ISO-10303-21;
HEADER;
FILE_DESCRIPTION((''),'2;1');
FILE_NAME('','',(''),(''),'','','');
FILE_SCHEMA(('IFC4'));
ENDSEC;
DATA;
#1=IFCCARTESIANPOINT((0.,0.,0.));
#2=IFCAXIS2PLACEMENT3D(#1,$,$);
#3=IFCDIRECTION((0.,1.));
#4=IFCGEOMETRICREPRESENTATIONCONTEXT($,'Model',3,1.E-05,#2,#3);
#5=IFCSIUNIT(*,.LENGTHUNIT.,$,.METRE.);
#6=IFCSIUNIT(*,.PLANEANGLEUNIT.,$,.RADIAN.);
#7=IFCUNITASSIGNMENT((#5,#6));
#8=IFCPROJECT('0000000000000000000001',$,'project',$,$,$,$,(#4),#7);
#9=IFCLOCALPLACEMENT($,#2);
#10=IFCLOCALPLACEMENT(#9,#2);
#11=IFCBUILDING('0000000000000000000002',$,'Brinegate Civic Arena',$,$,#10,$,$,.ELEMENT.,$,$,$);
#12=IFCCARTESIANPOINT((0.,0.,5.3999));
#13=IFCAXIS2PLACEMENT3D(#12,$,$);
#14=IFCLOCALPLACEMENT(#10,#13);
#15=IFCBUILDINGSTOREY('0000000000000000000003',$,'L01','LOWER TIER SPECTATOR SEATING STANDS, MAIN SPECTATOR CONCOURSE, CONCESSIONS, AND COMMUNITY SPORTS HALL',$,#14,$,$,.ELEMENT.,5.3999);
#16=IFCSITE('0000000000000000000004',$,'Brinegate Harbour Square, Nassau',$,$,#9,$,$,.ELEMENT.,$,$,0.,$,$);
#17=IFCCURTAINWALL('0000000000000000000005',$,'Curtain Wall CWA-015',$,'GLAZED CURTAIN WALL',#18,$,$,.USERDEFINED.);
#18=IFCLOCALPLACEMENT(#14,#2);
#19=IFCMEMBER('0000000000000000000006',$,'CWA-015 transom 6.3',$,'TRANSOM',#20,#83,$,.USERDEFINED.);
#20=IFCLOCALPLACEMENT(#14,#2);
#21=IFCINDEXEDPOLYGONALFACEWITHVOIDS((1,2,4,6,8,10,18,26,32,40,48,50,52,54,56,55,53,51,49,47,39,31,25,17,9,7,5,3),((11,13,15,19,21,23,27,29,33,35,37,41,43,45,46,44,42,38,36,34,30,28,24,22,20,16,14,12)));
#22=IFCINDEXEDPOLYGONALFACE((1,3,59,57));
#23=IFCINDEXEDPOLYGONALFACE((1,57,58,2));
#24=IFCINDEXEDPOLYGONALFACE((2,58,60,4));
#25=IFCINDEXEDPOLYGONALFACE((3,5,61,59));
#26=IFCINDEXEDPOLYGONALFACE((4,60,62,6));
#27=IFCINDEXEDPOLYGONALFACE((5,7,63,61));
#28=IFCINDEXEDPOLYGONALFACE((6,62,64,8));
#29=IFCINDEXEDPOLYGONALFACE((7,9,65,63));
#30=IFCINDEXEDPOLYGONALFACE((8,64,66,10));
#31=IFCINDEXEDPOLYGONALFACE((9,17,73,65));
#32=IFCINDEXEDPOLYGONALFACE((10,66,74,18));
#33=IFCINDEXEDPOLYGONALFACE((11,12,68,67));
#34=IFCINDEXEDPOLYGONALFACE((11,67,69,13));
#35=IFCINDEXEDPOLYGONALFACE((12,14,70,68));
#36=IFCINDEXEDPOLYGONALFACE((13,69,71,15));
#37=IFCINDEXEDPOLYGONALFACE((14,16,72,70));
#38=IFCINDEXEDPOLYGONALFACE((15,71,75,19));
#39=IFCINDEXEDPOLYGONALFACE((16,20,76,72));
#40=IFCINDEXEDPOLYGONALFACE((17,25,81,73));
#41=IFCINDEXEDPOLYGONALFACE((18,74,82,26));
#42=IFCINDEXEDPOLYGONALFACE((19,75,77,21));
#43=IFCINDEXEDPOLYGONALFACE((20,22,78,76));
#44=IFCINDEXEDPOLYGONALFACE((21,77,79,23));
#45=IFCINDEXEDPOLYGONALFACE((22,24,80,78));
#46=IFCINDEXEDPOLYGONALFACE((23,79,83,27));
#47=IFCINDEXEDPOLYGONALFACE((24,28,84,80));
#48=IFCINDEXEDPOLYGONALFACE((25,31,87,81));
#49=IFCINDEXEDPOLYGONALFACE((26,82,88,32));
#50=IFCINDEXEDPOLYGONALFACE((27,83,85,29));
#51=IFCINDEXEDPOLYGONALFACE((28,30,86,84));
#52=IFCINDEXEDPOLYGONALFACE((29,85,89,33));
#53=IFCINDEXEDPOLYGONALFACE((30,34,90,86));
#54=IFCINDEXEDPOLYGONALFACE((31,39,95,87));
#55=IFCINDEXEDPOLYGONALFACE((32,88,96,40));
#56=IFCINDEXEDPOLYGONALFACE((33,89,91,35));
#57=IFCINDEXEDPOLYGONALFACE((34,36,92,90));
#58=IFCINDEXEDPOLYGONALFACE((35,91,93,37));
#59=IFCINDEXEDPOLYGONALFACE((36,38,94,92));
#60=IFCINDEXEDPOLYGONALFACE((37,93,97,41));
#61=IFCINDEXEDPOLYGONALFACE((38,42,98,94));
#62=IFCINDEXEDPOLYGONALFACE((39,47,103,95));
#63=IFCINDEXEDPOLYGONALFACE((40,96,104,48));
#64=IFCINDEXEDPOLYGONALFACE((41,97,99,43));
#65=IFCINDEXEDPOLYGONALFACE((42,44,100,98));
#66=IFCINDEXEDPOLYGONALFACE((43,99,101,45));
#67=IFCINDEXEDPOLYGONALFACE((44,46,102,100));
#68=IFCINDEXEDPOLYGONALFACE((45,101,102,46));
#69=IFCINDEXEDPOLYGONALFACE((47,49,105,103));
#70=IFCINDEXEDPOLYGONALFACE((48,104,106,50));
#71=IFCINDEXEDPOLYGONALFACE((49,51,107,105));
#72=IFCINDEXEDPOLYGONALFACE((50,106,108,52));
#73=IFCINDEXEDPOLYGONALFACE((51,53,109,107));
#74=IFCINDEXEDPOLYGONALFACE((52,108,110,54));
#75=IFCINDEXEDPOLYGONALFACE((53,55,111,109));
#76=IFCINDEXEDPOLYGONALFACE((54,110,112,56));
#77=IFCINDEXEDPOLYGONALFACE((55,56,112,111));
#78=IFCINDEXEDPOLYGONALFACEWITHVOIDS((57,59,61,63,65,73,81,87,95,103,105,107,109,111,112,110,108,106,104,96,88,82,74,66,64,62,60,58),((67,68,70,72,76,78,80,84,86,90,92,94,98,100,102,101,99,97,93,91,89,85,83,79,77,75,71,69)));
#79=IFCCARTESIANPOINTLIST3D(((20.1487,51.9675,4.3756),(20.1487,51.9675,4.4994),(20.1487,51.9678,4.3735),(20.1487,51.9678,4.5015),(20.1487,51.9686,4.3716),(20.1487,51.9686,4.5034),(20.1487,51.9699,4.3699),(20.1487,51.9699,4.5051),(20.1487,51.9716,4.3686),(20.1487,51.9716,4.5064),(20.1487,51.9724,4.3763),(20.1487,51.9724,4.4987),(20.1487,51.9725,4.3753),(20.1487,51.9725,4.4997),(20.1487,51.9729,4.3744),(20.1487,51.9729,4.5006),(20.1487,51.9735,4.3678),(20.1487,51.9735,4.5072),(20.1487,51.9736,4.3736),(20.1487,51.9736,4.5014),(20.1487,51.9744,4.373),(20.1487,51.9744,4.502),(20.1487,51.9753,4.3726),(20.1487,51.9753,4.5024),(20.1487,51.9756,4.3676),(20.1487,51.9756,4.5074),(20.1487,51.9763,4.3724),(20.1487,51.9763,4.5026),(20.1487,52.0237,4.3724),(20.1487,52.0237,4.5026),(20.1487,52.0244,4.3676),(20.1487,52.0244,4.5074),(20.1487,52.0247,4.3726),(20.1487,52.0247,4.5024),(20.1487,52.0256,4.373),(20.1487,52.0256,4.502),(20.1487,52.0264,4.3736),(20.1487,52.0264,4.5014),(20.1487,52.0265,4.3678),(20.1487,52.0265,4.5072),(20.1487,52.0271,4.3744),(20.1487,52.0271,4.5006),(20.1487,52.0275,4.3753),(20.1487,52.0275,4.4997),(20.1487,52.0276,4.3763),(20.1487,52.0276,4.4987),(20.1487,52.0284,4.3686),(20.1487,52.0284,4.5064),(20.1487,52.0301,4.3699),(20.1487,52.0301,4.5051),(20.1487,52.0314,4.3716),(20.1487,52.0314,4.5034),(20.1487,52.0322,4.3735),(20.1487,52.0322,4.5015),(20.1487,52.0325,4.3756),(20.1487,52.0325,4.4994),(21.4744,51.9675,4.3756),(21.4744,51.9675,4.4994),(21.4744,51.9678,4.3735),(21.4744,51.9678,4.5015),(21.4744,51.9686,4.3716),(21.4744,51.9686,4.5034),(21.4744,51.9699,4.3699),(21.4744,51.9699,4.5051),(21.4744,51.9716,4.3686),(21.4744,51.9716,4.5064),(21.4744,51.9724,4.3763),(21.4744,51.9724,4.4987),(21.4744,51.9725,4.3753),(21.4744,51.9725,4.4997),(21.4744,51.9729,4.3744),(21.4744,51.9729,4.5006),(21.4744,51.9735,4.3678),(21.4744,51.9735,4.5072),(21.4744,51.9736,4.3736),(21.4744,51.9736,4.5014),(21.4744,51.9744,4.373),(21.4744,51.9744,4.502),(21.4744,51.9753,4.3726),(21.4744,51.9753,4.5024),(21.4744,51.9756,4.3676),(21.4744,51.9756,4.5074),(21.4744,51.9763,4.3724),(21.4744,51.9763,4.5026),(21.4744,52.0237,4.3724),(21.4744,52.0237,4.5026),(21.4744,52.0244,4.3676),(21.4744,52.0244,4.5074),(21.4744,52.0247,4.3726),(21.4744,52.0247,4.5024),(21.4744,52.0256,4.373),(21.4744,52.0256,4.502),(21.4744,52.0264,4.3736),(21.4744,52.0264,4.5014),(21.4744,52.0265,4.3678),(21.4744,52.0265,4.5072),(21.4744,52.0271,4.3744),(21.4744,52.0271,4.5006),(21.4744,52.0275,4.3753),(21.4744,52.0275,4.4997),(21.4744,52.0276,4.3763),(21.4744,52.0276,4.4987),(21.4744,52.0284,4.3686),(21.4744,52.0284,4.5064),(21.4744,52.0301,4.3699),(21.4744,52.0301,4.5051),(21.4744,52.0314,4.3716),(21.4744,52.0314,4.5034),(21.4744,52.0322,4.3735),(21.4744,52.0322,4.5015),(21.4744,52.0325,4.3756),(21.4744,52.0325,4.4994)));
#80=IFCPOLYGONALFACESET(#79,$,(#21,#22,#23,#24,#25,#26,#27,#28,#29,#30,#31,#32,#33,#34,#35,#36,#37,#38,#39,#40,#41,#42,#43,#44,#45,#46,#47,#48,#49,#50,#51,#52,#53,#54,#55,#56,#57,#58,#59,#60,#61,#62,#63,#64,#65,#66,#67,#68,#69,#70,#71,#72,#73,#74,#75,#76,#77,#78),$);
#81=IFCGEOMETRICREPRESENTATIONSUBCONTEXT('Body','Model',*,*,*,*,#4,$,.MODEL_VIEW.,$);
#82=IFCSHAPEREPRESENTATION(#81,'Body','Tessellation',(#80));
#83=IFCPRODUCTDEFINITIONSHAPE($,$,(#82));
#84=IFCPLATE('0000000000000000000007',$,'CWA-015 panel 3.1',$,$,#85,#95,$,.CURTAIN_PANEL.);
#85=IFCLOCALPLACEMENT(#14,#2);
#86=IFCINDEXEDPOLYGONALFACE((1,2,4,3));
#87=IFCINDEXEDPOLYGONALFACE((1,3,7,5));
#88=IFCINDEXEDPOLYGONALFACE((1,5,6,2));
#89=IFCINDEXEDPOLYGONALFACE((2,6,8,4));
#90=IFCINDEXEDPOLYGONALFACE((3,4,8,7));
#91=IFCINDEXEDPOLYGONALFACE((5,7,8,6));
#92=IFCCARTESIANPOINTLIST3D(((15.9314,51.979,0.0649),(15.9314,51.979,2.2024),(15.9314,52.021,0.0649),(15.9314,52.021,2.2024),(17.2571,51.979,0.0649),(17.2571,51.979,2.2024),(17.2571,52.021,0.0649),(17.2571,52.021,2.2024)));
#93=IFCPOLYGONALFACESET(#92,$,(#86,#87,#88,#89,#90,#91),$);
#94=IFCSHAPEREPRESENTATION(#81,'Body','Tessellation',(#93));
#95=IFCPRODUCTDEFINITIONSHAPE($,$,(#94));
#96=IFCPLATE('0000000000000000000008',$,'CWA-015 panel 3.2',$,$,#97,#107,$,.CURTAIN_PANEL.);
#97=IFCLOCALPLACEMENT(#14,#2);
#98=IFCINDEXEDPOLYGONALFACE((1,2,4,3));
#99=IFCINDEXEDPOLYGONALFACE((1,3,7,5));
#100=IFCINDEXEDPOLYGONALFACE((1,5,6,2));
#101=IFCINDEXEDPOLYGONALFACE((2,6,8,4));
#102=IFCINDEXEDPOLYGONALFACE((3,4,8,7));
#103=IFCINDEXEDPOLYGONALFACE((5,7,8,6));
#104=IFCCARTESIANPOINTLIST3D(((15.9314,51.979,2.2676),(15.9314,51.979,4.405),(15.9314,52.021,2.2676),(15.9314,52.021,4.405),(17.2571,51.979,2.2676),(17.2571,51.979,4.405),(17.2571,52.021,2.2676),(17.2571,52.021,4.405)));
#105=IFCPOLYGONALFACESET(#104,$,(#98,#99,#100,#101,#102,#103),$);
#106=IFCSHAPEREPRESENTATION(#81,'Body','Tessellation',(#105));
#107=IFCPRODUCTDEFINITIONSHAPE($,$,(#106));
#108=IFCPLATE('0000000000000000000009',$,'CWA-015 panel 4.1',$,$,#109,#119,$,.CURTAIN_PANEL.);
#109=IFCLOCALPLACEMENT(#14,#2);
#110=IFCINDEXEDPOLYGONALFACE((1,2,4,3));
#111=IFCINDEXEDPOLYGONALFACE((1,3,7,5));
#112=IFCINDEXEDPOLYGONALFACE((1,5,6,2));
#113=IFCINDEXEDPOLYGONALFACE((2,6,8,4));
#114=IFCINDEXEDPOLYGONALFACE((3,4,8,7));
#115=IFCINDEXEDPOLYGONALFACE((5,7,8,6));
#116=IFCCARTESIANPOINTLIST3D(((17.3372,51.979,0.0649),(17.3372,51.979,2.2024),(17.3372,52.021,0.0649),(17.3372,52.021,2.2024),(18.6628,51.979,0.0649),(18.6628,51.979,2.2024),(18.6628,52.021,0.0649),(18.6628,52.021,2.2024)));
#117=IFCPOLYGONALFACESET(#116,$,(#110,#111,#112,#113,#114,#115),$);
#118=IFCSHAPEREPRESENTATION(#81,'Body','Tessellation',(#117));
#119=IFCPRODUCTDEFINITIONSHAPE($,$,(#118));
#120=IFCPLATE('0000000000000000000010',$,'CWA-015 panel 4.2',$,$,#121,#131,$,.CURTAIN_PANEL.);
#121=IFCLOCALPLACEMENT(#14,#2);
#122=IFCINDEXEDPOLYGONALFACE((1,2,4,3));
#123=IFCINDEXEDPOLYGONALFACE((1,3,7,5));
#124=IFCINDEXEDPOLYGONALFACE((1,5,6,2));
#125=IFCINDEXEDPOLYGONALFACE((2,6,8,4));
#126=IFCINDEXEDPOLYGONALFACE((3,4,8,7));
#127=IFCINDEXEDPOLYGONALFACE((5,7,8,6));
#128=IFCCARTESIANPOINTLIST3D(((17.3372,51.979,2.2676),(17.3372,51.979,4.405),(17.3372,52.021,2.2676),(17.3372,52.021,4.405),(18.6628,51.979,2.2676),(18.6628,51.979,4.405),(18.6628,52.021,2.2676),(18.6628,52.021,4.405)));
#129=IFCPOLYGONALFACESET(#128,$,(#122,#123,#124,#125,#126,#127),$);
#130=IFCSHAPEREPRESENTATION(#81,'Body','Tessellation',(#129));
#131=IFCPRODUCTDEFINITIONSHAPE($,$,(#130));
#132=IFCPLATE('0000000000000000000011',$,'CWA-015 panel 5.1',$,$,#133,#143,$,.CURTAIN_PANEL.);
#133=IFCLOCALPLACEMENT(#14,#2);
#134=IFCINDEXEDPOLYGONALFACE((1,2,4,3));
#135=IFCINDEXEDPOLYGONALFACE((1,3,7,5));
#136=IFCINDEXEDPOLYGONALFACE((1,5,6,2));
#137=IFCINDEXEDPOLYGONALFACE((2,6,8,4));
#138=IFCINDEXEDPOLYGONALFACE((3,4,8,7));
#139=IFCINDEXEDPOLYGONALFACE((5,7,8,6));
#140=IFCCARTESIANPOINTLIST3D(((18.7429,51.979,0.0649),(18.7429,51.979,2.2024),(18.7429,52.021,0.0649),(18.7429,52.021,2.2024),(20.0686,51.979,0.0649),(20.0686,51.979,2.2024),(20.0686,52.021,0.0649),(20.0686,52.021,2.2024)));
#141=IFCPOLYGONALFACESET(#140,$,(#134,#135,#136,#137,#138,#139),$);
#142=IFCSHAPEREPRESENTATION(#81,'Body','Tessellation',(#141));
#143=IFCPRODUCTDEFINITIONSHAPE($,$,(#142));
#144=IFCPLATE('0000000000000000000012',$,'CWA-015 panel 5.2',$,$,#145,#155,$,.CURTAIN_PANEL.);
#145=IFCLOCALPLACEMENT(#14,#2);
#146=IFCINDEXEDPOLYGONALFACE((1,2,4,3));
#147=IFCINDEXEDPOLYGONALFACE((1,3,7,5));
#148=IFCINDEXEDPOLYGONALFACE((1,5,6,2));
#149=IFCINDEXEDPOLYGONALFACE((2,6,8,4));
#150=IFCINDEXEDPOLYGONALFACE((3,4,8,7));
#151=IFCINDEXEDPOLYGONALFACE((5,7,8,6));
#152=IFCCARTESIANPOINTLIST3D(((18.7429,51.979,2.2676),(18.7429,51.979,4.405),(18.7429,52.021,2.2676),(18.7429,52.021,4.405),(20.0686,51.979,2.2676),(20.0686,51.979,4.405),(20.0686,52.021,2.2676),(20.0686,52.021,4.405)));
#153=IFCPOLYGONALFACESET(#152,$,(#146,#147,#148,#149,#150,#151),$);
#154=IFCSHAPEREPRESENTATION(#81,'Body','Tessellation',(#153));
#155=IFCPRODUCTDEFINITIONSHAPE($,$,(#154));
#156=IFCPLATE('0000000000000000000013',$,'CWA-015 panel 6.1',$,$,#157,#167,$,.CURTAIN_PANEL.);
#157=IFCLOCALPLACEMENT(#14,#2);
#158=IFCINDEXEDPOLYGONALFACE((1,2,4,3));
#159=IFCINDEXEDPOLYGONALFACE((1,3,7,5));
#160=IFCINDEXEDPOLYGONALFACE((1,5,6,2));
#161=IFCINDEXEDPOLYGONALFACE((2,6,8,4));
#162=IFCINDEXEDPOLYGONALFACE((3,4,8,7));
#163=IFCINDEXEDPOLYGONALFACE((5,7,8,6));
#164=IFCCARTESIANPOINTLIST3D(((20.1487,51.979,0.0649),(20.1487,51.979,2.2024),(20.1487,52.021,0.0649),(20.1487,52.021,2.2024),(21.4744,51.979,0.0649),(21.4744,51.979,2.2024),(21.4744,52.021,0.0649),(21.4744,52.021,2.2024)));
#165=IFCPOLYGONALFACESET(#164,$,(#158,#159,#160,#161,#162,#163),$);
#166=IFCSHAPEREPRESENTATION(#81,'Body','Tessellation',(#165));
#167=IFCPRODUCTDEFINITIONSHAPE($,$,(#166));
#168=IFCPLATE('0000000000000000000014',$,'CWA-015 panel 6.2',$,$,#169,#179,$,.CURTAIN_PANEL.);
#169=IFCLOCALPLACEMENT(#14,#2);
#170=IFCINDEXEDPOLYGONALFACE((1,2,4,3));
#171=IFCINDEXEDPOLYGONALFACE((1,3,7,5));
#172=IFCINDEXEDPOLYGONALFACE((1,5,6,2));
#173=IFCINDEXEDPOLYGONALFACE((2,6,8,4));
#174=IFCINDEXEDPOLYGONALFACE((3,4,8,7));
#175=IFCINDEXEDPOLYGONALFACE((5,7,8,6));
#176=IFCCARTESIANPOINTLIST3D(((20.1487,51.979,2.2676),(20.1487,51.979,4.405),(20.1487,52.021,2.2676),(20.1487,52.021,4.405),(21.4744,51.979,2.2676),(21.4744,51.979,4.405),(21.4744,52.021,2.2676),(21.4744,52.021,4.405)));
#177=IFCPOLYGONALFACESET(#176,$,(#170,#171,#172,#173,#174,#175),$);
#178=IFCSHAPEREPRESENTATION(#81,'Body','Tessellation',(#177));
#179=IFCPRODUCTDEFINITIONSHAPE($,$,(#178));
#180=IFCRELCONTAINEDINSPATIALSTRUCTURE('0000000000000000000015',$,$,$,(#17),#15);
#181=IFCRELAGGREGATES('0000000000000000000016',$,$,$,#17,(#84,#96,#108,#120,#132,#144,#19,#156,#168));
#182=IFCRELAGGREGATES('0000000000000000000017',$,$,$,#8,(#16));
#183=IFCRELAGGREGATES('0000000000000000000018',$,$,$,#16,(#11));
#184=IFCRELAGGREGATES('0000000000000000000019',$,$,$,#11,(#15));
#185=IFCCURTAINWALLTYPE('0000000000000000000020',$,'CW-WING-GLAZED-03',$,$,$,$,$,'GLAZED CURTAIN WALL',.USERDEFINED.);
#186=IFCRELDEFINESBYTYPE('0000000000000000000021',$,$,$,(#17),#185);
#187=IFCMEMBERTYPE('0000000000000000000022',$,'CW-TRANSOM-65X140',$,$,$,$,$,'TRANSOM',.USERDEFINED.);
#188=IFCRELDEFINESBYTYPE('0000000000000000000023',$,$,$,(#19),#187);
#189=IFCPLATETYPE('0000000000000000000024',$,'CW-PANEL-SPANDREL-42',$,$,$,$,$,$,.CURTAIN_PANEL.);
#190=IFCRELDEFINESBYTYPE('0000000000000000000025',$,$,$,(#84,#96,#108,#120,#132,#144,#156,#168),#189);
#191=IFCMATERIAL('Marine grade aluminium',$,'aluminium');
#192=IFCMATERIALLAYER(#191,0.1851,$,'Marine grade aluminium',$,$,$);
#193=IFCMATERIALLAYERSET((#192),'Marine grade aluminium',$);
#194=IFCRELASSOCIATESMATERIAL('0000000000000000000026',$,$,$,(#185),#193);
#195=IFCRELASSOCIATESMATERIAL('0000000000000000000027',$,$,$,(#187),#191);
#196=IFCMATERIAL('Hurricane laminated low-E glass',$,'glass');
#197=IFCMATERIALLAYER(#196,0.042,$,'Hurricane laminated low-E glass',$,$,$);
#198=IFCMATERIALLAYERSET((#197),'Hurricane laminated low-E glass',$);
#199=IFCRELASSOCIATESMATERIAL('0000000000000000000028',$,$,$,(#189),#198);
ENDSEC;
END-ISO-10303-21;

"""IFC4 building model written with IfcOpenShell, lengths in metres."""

from ifc_helpers import new_model, si_unit, direction, frame, origin, origin_2d, place, context, subcontext, project, spatial, rectangle, hollow_rectangle, extrude, material, layer, layer_set, material_profile, profile_set, type_object, element, aggregate, save


model = new_model("IFC4")

# Units and contexts
model_context = context("Model", 3, precision=1e-05, world=origin(), true_north=direction((0.0, 1.0)))
body_context = subcontext(model_context, "Body", "Model", "MODEL_VIEW")
ifc_project = project(units=[si_unit("LENGTHUNIT", "METRE"), si_unit("PLANEANGLEUNIT", "RADIAN")], contexts=[model_context])

# Site, building, storey
site_placement = place(None, origin())
site = spatial("IfcSite", under=ifc_project, at=site_placement, Name="Brinegate Harbour Square, Nassau", CompositionType="ELEMENT", RefElevation=0.0)
building_placement = place(site_placement, origin())
building = spatial("IfcBuilding", under=site, at=building_placement, Name="Brinegate Civic Arena", CompositionType="ELEMENT")
storey_placement = place(building_placement, frame((0.0, 0.0, 5.3999)))
storey = spatial("IfcBuildingStorey", under=building, at=storey_placement, Name="L01", Description="LOWER TIER SPECTATOR SEATING STANDS, MAIN SPECTATOR CONCOURSE, CONCESSIONS, AND COMMUNITY SPORTS HALL", CompositionType="ELEMENT", Elevation=5.3999)

# Curtain wall, member, plates
ifc_material_1 = material(Name="Marine grade aluminium", Category="aluminium")
ifc_layer_1 = layer(ifc_material_1, 0.1851, Name="Marine grade aluminium")
ifc_layer_set_1 = layer_set([ifc_layer_1], Name="Marine grade aluminium")
curtain_wall_type = type_object("IfcCurtainWallType", Name="CW-WING-GLAZED-03", ElementType="GLAZED CURTAIN WALL", PredefinedType="USERDEFINED", material=ifc_layer_set_1)
curtain_wall_placement = place(storey_placement, origin())
curtain_wall = element("IfcCurtainWall", 1, at=curtain_wall_placement, inside=storey, type_object=curtain_wall_type, Name="Curtain Wall CWA-015", ObjectType="GLAZED CURTAIN WALL", PredefinedType="USERDEFINED")
ifc_material_profile_1 = material_profile(ifc_material_1, hollow_rectangle(XDim=0.0649, YDim=0.1399, WallThickness=0.0049, InnerFilletRadius=0.0039, OuterFilletRadius=0.0081, at=origin_2d()), Name="TRN65X140")
ifc_profile_set_1 = profile_set([ifc_material_profile_1], Name="Marine grade aluminium")
member_type_1 = type_object("IfcMemberType", Name="CW-TRANSOM-65X140", ElementType="TRANSOM", PredefinedType="USERDEFINED", material=ifc_profile_set_1)
member_1_placement = place(storey_placement, frame((20.1487, 52.0, 4.4375), z_axis=(1.0, 0.0, 0.0), x_axis=(0.0, 1.0, 0.0)))
member_1 = element("IfcMember", 2, at=member_1_placement, type_object=member_type_1, Name="CWA-015 transom 6.3", ObjectType="TRANSOM", PredefinedType="USERDEFINED", context=body_context, shape_type="SweptSolid", body=[
    extrude(hollow_rectangle(XDim=0.0649, YDim=0.1399, WallThickness=0.0049, InnerFilletRadius=0.0039, OuterFilletRadius=0.0081, at=origin_2d()), origin(), (0.0, 0.0, 1.0), 1.3257),
])
ifc_material_2 = material(Name="Hurricane laminated low-E glass", Category="glass")
ifc_layer_2 = layer(ifc_material_2, 0.042, Name="Hurricane laminated low-E glass")
ifc_layer_set_2 = layer_set([ifc_layer_2], Name="Hurricane laminated low-E glass")
plate_type = type_object("IfcPlateType", Name="CW-PANEL-SPANDREL-42", PredefinedType="CURTAIN_PANEL", material=ifc_layer_set_2)
plate_1_placement = place(storey_placement, frame((16.5942, 52.0, 0.0649), z_axis=(0.0, 0.0, 1.0), x_axis=(1.0, 0.0, 0.0)))
plate_1 = element("IfcPlate", 3, at=plate_1_placement, type_object=plate_type, Name="CWA-015 panel 3.1", PredefinedType="CURTAIN_PANEL", context=body_context, shape_type="SweptSolid", body=[
    extrude(rectangle(XDim=1.3257, YDim=0.042, at=origin_2d()), origin(), (0.0, 0.0, 1.0), 2.1375),
])
plate_2_placement = place(storey_placement, frame((16.5942, 52.0, 2.2676), z_axis=(0.0, 0.0, 1.0), x_axis=(1.0, 0.0, 0.0)))
plate_2 = element("IfcPlate", 4, at=plate_2_placement, type_object=plate_type, Name="CWA-015 panel 3.2", PredefinedType="CURTAIN_PANEL", context=body_context, shape_type="SweptSolid", body=[
    extrude(rectangle(XDim=1.3257, YDim=0.042, at=origin_2d()), origin(), (0.0, 0.0, 1.0), 2.1375),
])
plate_3_placement = place(storey_placement, frame((18.0, 52.0, 0.0649), z_axis=(0.0, 0.0, 1.0), x_axis=(1.0, 0.0, 0.0)))
plate_3 = element("IfcPlate", 5, at=plate_3_placement, type_object=plate_type, Name="CWA-015 panel 4.1", PredefinedType="CURTAIN_PANEL", context=body_context, shape_type="SweptSolid", body=[
    extrude(rectangle(XDim=1.3257, YDim=0.042, at=origin_2d()), origin(), (0.0, 0.0, 1.0), 2.1375),
])
plate_4_placement = place(storey_placement, frame((18.0, 52.0, 2.2676), z_axis=(0.0, 0.0, 1.0), x_axis=(1.0, 0.0, 0.0)))
plate_4 = element("IfcPlate", 6, at=plate_4_placement, type_object=plate_type, Name="CWA-015 panel 4.2", PredefinedType="CURTAIN_PANEL", context=body_context, shape_type="SweptSolid", body=[
    extrude(rectangle(XDim=1.3257, YDim=0.042, at=origin_2d()), origin(), (0.0, 0.0, 1.0), 2.1375),
])
plate_5_placement = place(storey_placement, frame((19.4058, 52.0, 0.0649), z_axis=(0.0, 0.0, 1.0), x_axis=(1.0, 0.0, 0.0)))
plate_5 = element("IfcPlate", 7, at=plate_5_placement, type_object=plate_type, Name="CWA-015 panel 5.1", PredefinedType="CURTAIN_PANEL", context=body_context, shape_type="SweptSolid", body=[
    extrude(rectangle(XDim=1.3257, YDim=0.042, at=origin_2d()), origin(), (0.0, 0.0, 1.0), 2.1375),
])
plate_6_placement = place(storey_placement, frame((19.4058, 52.0, 2.2676), z_axis=(0.0, 0.0, 1.0), x_axis=(1.0, 0.0, 0.0)))
plate_6 = element("IfcPlate", 8, at=plate_6_placement, type_object=plate_type, Name="CWA-015 panel 5.2", PredefinedType="CURTAIN_PANEL", context=body_context, shape_type="SweptSolid", body=[
    extrude(rectangle(XDim=1.3257, YDim=0.042, at=origin_2d()), origin(), (0.0, 0.0, 1.0), 2.1375),
])
plate_7_placement = place(storey_placement, frame((20.8115, 52.0, 0.0649), z_axis=(0.0, 0.0, 1.0), x_axis=(1.0, 0.0, 0.0)))
plate_7 = element("IfcPlate", 9, at=plate_7_placement, type_object=plate_type, Name="CWA-015 panel 6.1", PredefinedType="CURTAIN_PANEL", context=body_context, shape_type="SweptSolid", body=[
    extrude(rectangle(XDim=1.3257, YDim=0.042, at=origin_2d()), origin(), (0.0, 0.0, 1.0), 2.1375),
])
plate_8_placement = place(storey_placement, frame((20.8115, 52.0, 2.2676), z_axis=(0.0, 0.0, 1.0), x_axis=(1.0, 0.0, 0.0)))
plate_8 = element("IfcPlate", 10, at=plate_8_placement, type_object=plate_type, Name="CWA-015 panel 6.2", PredefinedType="CURTAIN_PANEL", context=body_context, shape_type="SweptSolid", body=[
    extrude(rectangle(XDim=1.3257, YDim=0.042, at=origin_2d()), origin(), (0.0, 0.0, 1.0), 2.1375),
])
aggregate(curtain_wall, [plate_1, plate_2, plate_3, plate_4, plate_5, plate_6, member_1, plate_7, plate_8])

save(model, "model.ifc")
